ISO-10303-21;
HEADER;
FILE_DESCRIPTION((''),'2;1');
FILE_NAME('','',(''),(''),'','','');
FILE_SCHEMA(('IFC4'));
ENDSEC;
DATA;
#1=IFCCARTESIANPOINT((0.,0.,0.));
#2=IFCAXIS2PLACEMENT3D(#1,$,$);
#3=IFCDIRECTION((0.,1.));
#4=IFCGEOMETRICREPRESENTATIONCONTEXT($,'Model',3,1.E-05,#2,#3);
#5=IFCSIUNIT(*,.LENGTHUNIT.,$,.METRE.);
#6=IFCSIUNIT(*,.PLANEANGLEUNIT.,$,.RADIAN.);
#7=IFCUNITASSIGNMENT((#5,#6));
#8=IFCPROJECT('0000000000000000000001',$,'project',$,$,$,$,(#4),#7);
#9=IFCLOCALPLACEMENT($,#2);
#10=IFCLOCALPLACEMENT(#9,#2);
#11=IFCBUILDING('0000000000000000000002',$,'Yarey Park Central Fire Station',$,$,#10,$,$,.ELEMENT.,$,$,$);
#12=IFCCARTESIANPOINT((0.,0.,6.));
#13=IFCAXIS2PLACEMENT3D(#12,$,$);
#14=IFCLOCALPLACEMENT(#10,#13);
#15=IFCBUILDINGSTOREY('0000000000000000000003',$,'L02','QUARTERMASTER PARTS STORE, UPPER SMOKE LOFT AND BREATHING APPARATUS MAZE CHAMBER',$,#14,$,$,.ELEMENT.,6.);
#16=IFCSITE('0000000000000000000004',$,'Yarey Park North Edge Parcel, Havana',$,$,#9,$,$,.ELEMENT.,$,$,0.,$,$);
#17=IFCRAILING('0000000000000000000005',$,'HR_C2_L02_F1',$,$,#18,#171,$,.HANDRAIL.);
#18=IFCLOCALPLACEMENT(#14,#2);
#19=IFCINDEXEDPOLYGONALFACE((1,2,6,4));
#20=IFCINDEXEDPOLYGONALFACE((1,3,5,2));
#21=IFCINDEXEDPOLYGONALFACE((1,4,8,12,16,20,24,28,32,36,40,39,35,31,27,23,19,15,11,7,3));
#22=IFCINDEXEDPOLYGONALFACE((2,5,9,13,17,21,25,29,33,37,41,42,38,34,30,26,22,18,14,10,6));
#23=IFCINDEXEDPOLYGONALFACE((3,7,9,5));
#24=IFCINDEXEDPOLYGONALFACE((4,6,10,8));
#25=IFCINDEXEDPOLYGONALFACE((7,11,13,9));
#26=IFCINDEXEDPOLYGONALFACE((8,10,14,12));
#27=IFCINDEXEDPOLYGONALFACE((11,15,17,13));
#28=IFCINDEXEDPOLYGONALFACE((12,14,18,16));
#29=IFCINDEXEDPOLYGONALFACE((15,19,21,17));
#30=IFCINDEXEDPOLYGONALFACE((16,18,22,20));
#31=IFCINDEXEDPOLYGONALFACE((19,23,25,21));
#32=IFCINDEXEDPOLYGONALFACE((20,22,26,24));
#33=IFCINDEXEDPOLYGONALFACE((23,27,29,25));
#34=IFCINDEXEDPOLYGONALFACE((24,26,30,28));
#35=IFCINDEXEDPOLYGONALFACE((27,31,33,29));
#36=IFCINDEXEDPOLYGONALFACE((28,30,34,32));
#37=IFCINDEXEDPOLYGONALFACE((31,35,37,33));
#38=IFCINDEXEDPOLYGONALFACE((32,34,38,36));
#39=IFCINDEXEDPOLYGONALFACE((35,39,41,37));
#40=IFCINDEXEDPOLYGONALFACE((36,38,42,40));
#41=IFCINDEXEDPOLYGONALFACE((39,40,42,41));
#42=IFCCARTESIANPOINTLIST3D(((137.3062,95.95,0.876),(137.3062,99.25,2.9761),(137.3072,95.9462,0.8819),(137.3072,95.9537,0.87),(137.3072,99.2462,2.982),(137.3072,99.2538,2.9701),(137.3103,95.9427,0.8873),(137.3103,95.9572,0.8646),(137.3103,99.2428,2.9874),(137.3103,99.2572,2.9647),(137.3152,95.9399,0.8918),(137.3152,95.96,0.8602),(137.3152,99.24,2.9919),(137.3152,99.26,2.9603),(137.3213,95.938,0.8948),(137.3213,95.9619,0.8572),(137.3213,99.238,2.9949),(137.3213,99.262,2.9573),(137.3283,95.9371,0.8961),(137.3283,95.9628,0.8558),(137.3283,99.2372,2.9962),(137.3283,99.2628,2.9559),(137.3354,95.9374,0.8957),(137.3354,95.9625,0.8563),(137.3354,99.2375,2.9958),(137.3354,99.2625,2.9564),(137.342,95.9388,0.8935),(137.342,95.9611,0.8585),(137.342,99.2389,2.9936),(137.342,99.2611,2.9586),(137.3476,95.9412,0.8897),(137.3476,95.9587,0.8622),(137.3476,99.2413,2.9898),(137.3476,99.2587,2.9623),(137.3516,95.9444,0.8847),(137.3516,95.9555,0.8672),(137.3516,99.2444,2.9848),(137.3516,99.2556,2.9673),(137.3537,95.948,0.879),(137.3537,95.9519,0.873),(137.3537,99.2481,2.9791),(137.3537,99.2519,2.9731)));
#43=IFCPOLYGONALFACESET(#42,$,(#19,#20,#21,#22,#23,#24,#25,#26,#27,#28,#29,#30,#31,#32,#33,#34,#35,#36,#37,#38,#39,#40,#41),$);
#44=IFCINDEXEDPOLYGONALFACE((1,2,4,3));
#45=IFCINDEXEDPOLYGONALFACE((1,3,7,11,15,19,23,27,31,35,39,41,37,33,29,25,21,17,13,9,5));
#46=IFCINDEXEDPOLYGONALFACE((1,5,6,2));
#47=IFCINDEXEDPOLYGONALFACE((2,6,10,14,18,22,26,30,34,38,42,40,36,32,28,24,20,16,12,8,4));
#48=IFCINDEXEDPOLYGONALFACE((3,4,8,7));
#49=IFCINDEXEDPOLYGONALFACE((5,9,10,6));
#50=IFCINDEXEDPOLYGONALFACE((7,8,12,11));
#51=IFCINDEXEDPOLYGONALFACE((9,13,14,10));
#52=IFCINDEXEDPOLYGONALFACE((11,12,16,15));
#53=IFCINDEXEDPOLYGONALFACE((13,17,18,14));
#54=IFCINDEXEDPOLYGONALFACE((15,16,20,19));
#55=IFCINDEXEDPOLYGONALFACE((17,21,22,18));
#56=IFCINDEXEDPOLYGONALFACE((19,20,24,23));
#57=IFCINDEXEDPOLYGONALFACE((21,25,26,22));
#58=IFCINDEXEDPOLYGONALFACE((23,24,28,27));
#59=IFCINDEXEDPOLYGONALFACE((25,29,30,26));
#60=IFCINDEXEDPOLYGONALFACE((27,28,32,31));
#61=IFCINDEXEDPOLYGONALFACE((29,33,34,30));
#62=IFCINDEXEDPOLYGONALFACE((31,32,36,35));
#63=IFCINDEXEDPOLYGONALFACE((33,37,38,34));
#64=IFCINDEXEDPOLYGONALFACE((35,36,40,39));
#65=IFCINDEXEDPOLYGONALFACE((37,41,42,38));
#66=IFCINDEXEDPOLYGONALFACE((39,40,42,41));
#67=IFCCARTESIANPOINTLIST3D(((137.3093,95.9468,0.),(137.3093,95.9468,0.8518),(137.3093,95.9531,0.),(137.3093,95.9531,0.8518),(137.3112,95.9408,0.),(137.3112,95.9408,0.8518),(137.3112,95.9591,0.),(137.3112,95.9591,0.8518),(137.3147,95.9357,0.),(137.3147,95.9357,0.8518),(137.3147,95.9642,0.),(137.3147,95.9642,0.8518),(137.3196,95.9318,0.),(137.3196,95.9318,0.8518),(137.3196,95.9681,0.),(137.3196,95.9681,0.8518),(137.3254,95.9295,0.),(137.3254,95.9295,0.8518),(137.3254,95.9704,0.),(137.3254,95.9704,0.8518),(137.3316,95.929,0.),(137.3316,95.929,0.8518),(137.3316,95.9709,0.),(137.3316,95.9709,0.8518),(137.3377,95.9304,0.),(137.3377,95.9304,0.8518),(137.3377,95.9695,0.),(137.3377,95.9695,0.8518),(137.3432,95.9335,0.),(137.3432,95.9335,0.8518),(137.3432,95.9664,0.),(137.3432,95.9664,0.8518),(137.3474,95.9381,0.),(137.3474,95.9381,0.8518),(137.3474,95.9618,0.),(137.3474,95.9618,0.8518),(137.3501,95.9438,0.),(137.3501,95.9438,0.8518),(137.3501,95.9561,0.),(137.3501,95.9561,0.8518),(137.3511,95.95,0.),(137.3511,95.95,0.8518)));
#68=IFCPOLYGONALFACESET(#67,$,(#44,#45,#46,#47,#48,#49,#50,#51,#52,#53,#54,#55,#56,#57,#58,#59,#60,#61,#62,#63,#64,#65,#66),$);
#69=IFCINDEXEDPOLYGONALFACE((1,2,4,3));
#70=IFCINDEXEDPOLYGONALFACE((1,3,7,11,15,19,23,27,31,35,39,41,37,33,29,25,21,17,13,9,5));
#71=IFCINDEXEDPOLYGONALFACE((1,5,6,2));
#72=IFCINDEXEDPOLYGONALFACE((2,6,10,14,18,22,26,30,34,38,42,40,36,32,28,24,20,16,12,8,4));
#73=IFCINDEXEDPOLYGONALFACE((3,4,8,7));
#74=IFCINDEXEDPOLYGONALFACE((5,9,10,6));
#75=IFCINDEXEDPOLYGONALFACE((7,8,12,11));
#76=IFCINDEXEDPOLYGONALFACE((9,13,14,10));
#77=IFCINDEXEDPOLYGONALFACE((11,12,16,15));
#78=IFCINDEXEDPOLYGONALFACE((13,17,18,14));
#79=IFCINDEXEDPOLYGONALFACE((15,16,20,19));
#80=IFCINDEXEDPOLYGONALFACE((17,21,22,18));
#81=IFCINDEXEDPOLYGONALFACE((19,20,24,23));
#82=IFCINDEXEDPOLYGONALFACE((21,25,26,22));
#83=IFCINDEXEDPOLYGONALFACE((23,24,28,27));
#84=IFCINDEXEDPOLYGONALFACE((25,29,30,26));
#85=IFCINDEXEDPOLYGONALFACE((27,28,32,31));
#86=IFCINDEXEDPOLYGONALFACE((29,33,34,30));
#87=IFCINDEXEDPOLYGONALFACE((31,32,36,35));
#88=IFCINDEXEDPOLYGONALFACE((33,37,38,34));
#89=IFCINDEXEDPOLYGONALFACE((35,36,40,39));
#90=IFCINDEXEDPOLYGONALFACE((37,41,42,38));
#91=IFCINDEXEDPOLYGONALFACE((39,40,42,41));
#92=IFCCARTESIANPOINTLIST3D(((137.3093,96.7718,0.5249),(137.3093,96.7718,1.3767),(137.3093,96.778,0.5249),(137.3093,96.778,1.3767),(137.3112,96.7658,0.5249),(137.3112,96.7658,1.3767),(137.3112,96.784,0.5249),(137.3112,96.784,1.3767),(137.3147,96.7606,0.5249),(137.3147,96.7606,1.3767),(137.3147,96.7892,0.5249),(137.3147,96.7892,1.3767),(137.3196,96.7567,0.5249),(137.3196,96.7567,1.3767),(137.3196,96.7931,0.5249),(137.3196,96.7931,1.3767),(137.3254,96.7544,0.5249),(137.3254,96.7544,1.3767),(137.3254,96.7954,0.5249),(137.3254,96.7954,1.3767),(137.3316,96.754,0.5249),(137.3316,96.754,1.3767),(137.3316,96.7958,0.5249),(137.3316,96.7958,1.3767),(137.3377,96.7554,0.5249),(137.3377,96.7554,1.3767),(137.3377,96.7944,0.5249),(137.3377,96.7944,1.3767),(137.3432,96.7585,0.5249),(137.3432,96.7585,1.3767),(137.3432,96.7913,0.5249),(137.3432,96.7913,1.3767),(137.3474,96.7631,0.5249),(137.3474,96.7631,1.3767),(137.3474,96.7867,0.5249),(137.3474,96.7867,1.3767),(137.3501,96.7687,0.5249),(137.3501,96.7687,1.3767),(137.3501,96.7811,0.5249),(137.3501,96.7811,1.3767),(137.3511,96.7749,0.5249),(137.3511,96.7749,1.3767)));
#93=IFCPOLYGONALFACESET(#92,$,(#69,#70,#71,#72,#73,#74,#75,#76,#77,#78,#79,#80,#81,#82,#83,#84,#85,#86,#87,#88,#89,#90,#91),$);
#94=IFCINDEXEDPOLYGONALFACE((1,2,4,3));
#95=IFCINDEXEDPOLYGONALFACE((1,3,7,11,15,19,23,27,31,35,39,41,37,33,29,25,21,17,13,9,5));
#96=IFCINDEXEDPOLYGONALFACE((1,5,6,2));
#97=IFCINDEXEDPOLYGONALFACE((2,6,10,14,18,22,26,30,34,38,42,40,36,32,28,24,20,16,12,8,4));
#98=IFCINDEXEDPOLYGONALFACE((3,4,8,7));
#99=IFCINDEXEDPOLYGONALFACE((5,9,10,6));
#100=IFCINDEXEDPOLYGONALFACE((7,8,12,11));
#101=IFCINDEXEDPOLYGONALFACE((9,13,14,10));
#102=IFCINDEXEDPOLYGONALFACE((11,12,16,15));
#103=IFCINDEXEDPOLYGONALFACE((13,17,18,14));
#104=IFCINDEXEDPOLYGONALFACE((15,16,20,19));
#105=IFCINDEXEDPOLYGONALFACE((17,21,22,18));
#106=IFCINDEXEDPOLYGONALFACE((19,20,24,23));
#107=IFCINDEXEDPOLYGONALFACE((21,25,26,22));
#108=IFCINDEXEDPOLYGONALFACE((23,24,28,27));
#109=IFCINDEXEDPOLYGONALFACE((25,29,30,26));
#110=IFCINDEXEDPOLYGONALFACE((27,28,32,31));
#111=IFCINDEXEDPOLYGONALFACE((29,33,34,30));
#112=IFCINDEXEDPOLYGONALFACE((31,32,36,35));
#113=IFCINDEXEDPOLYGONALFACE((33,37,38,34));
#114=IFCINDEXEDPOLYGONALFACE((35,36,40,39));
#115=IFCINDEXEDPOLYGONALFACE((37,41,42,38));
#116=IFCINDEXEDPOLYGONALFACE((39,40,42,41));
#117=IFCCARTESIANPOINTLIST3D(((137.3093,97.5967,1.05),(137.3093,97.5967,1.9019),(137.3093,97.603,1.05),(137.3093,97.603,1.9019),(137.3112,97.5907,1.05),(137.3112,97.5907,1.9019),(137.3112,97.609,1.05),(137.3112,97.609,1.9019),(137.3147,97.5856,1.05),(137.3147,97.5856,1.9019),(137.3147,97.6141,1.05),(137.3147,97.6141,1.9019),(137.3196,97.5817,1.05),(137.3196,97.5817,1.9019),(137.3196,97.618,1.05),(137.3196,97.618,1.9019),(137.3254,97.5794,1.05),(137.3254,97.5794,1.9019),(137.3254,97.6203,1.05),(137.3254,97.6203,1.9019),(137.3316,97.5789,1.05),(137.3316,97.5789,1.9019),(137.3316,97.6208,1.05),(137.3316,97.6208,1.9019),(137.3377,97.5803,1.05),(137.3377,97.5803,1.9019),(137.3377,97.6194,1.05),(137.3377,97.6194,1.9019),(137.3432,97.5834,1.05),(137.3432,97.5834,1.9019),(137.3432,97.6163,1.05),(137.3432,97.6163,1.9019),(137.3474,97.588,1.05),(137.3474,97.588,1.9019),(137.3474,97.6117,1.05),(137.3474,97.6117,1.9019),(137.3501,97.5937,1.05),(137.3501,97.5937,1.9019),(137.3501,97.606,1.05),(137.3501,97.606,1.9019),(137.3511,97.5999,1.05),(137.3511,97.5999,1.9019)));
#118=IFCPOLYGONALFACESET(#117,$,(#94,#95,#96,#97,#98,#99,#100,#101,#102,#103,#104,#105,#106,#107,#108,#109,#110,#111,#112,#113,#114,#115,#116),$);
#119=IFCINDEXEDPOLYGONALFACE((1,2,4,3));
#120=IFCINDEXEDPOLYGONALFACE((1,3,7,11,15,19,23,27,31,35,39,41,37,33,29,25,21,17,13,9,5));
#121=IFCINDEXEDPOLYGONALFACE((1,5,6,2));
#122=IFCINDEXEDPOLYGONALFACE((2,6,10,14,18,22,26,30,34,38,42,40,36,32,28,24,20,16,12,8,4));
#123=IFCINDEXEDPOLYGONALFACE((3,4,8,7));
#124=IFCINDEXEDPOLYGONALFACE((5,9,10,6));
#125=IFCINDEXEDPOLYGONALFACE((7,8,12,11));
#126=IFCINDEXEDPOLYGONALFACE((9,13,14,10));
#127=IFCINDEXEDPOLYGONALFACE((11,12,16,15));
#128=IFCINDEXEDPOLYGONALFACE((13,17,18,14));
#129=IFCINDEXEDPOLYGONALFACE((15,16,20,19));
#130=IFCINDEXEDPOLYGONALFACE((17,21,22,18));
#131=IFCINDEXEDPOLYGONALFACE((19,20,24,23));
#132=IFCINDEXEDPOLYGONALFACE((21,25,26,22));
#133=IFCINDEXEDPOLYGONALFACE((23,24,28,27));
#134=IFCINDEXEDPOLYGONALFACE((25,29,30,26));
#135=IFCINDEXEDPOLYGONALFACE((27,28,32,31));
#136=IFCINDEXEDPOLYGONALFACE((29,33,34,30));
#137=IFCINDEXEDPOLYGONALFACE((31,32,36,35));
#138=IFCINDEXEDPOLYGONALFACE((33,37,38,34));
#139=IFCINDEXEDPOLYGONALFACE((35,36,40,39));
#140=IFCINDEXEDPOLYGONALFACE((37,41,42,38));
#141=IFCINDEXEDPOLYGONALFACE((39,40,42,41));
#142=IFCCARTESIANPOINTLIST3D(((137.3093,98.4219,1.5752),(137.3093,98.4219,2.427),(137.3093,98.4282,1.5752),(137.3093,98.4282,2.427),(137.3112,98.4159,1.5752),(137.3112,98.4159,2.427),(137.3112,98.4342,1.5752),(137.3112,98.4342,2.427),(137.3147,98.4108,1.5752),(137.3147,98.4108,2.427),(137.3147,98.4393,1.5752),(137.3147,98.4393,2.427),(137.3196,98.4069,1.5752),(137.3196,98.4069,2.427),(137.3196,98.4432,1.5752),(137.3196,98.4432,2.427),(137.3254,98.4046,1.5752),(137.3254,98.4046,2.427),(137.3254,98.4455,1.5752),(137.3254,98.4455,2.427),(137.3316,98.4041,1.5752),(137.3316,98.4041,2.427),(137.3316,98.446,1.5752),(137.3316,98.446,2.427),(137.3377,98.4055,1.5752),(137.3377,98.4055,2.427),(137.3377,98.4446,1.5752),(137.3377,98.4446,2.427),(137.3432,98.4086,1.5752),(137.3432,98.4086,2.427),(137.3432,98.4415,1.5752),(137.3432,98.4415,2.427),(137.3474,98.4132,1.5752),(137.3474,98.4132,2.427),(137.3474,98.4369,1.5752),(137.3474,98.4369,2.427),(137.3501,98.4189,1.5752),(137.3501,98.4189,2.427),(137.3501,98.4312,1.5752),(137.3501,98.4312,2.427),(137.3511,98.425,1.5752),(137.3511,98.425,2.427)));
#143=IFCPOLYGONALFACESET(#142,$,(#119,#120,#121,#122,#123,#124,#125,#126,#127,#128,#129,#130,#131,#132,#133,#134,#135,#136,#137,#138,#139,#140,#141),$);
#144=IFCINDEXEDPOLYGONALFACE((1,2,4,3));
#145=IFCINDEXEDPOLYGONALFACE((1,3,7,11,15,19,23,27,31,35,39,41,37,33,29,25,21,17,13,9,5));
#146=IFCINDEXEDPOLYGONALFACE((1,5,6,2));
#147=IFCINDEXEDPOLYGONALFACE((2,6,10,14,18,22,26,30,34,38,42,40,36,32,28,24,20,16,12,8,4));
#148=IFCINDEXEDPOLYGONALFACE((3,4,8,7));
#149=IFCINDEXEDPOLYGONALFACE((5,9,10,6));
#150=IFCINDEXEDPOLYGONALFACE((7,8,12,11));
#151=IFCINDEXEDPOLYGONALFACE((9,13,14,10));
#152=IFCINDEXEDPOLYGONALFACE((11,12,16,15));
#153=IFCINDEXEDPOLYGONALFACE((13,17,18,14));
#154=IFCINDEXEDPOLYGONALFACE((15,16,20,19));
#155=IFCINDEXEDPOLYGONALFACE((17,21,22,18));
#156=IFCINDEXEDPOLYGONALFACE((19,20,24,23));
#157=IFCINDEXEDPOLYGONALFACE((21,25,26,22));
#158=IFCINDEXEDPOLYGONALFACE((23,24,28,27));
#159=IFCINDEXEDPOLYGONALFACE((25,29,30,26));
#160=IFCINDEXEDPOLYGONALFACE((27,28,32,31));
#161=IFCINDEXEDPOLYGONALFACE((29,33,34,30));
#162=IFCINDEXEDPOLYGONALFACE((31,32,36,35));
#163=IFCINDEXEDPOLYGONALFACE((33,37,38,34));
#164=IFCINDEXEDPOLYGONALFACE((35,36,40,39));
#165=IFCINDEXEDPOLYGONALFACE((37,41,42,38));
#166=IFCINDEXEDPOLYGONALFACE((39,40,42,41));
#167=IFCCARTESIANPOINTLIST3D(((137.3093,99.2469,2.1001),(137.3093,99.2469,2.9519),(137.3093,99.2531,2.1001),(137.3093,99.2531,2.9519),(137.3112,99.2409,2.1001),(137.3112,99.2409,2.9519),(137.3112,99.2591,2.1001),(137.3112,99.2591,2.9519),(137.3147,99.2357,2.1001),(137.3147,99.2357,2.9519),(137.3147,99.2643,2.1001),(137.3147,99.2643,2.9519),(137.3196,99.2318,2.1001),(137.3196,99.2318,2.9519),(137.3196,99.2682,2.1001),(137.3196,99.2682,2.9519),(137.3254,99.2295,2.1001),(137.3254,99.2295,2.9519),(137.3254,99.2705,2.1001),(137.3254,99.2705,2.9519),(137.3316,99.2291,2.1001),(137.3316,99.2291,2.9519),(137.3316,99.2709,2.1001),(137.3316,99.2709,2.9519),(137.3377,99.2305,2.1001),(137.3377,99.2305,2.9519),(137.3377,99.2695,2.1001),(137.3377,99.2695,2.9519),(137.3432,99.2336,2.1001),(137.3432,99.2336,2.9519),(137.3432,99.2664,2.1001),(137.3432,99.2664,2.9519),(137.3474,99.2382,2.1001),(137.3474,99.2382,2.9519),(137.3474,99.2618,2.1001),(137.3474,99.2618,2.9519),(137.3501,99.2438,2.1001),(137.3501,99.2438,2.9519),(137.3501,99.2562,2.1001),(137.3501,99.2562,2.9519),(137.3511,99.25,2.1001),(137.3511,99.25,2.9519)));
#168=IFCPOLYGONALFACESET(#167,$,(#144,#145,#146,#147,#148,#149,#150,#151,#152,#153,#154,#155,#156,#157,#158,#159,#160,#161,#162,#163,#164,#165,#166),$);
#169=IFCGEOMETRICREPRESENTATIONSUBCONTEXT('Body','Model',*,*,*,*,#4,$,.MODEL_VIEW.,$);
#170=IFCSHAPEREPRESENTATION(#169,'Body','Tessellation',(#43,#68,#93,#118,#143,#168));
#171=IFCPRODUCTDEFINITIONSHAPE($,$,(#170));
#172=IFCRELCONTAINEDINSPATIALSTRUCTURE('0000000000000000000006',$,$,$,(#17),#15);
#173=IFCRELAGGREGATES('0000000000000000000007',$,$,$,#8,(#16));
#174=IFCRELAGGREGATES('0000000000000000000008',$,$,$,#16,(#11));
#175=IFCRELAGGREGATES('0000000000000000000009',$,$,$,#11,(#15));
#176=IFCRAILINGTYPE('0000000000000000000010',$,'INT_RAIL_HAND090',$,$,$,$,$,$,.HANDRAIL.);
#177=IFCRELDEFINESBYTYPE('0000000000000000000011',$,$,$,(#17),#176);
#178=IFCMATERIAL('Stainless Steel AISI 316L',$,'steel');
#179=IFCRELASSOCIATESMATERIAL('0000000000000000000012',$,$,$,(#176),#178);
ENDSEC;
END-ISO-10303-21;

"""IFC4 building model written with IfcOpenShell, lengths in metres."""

from ifc_helpers import new_model, si_unit, direction, frame, origin, origin_2d, place, context, subcontext, project, spatial, circle, extrude, material, type_object, element, save


model = new_model("IFC4")

# Units and contexts
model_context = context("Model", 3, precision=1e-05, world=origin(), true_north=direction((0.0, 1.0)))
body_context = subcontext(model_context, "Body", "Model", "MODEL_VIEW")
ifc_project = project(units=[si_unit("LENGTHUNIT", "METRE"), si_unit("PLANEANGLEUNIT", "RADIAN")], contexts=[model_context])

# Site, building, storey
site_placement = place(None, origin())
site = spatial("IfcSite", under=ifc_project, at=site_placement, Name="Yarey Park North Edge Parcel, Havana", CompositionType="ELEMENT", RefElevation=0.0)
building_placement = place(site_placement, origin())
building = spatial("IfcBuilding", under=site, at=building_placement, Name="Yarey Park Central Fire Station", CompositionType="ELEMENT")
storey_placement = place(building_placement, frame((0.0, 0.0, 6.0)))
storey = spatial("IfcBuildingStorey", under=building, at=storey_placement, Name="L02", Description="QUARTERMASTER PARTS STORE, UPPER SMOKE LOFT AND BREATHING APPARATUS MAZE CHAMBER", CompositionType="ELEMENT", Elevation=6.0)

# Railing
ifc_material_1 = material(Name="Stainless Steel AISI 316L", Category="steel")
railing_type_1 = type_object("IfcRailingType", Name="INT_RAIL_HAND090", PredefinedType="HANDRAIL", material=ifc_material_1)
railing_1_placement = place(storey_placement, frame((137.3301, 95.95, 0.0)))
element("IfcRailing", 1, at=railing_1_placement, inside=storey, type_object=railing_type_1, Name="HR_C2_L02_F1", PredefinedType="HANDRAIL", context=body_context, shape_type="SweptSolid", body=[
    extrude(circle(Radius=0.0239, at=origin_2d()), frame((0.0, 0.0, 0.876), z_axis=(0.0, 0.843654, 0.536888), x_axis=(-1.0, 0.0, 0.0)), (0.0, 0.0, 1.0), 3.9116),
    extrude(circle(Radius=0.021, at=origin_2d()), origin(), (0.0, 0.0, 1.0), 0.8518),
    extrude(circle(Radius=0.021, at=origin_2d()), frame((0.0, 0.825, 0.5249)), (0.0, 0.0, 1.0), 0.8518),
    extrude(circle(Radius=0.021, at=origin_2d()), frame((0.0, 1.6499, 1.05)), (0.0, 0.0, 1.0), 0.8518),
    extrude(circle(Radius=0.021, at=origin_2d()), frame((0.0, 2.4751, 1.5752)), (0.0, 0.0, 1.0), 0.8518),
    extrude(circle(Radius=0.021, at=origin_2d()), frame((0.0, 3.3, 2.1001)), (0.0, 0.0, 1.0), 0.8518),
])

save(model, "model.ifc")
